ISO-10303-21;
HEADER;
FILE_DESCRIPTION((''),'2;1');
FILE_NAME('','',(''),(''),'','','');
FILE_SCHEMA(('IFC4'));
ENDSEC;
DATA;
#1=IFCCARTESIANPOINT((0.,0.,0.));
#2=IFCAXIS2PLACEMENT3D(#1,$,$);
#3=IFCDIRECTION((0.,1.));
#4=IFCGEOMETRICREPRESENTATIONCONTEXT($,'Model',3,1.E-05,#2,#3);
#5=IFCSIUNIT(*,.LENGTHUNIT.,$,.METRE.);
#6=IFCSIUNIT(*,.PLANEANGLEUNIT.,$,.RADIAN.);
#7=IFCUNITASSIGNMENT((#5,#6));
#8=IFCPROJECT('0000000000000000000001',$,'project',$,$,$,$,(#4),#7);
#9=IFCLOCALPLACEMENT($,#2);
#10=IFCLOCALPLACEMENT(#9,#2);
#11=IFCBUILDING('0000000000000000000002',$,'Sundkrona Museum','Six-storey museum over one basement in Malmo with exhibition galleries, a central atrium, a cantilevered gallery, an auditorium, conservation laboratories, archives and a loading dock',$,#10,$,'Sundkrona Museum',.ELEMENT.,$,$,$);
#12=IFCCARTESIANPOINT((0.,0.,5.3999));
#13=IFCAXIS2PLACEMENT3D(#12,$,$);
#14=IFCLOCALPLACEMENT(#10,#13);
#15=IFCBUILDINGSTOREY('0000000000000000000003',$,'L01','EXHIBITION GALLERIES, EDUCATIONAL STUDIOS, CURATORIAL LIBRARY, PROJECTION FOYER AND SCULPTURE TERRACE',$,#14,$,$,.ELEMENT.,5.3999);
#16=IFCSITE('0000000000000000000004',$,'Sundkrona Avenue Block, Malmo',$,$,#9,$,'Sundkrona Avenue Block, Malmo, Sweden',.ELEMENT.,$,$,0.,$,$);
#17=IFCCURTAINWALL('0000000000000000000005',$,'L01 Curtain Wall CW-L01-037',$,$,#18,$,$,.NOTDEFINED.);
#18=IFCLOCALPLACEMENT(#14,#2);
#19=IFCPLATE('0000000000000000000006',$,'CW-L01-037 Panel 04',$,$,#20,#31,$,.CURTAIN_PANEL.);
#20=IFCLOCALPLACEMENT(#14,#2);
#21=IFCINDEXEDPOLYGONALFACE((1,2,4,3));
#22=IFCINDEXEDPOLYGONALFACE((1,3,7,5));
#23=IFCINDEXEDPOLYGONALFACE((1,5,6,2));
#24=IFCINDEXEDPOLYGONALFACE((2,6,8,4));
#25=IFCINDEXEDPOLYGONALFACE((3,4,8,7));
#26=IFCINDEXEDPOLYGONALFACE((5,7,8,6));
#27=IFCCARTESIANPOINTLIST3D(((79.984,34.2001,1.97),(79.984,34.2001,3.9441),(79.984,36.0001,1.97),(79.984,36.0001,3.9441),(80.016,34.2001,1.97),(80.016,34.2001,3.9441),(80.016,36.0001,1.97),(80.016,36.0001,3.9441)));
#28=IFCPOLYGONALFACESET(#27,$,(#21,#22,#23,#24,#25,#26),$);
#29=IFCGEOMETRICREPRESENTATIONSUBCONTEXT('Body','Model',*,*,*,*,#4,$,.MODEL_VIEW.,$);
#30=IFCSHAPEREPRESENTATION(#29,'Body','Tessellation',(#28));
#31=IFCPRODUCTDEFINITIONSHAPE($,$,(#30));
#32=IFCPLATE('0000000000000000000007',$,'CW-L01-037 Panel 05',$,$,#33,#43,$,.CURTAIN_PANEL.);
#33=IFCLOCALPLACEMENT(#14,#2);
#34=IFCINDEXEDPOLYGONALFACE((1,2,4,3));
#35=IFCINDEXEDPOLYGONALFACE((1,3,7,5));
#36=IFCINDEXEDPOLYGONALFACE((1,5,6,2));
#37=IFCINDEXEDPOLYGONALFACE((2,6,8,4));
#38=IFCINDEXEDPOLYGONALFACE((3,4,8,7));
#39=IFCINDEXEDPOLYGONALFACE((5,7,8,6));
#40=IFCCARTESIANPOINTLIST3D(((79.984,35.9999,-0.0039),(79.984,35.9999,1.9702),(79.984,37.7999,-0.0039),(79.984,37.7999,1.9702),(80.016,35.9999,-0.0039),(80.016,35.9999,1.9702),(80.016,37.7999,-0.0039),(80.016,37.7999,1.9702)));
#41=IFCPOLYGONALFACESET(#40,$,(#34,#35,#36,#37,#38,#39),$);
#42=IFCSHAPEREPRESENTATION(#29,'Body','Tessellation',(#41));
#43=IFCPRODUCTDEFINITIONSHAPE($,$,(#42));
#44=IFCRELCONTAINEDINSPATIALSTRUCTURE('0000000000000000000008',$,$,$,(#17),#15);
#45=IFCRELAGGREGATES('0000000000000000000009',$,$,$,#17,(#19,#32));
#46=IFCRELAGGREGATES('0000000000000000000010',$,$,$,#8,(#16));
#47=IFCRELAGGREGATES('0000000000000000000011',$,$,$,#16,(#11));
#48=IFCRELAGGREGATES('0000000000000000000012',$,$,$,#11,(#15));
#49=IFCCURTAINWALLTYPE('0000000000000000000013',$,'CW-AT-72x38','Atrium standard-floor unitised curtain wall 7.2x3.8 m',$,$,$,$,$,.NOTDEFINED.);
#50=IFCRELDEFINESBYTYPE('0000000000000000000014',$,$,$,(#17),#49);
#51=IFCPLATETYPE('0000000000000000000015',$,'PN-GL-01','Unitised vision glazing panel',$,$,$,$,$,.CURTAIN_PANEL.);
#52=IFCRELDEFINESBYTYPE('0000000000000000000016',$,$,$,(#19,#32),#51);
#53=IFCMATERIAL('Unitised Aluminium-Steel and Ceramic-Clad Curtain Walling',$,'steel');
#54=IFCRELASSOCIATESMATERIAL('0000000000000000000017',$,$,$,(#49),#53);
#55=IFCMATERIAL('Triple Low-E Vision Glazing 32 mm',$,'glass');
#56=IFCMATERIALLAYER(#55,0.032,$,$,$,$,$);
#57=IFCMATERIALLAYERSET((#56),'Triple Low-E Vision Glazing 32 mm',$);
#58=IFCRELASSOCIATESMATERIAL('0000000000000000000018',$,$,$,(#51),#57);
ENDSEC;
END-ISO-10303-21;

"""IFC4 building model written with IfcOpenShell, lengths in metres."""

from ifc_helpers import new_model, si_unit, direction, frame, origin, origin_2d, place, context, subcontext, project, spatial, rectangle, extrude, material, layer, layer_set, type_object, element, aggregate, save


model = new_model("IFC4")

# Units and contexts
model_context = context("Model", 3, precision=1e-05, world=origin(), true_north=direction((0.0, 1.0)))
body_context = subcontext(model_context, "Body", "Model", "MODEL_VIEW")
ifc_project = project(units=[si_unit("LENGTHUNIT", "METRE"), si_unit("PLANEANGLEUNIT", "RADIAN")], contexts=[model_context])

# Site, building, storey
site_placement = place(None, origin())
site = spatial("IfcSite", under=ifc_project, at=site_placement, Name="Sundkrona Avenue Block, Malmo", LongName="Sundkrona Avenue Block, Malmo, Sweden", CompositionType="ELEMENT", RefElevation=0.0)
building_placement = place(site_placement, origin())
building = spatial("IfcBuilding", under=site, at=building_placement, Name="Sundkrona Museum", Description="Six-storey museum over one basement in Malmo with exhibition galleries, a central atrium, a cantilevered gallery, an auditorium, conservation laboratories, archives and a loading dock", LongName="Sundkrona Museum", CompositionType="ELEMENT")
storey_placement = place(building_placement, frame((0.0, 0.0, 5.3999)))
storey = spatial("IfcBuildingStorey", under=building, at=storey_placement, Name="L01", Description="EXHIBITION GALLERIES, EDUCATIONAL STUDIOS, CURATORIAL LIBRARY, PROJECTION FOYER AND SCULPTURE TERRACE", CompositionType="ELEMENT", Elevation=5.3999)

# Curtain wall
ifc_material_1 = material(Name="Unitised Aluminium-Steel and Ceramic-Clad Curtain Walling", Category="steel")
curtain_wall_type = type_object("IfcCurtainWallType", Name="CW-AT-72x38", Description="Atrium standard-floor unitised curtain wall 7.2x3.8 m", PredefinedType="NOTDEFINED", material=ifc_material_1)
curtain_wall_placement = place(storey_placement, origin())
curtain_wall = element("IfcCurtainWall", 1, at=curtain_wall_placement, inside=storey, type_object=curtain_wall_type, Name="L01 Curtain Wall CW-L01-037", PredefinedType="NOTDEFINED")

# Plates
ifc_material_2 = material(Name="Triple Low-E Vision Glazing 32 mm", Category="glass")
ifc_layer = layer(ifc_material_2, 0.032)
ifc_layer_set = layer_set([ifc_layer], Name="Triple Low-E Vision Glazing 32 mm")
plate_type = type_object("IfcPlateType", Name="PN-GL-01", Description="Unitised vision glazing panel", PredefinedType="CURTAIN_PANEL", material=ifc_layer_set)
plate_1_placement = place(storey_placement, frame((80.0, 35.1001, 1.97), z_axis=(0.0, 0.0, 1.0), x_axis=(0.0, 1.0, 0.0)))
plate_1 = element("IfcPlate", 2, at=plate_1_placement, type_object=plate_type, Name="CW-L01-037 Panel 04", PredefinedType="CURTAIN_PANEL", context=body_context, shape_type="SweptSolid", body=[
    extrude(rectangle(XDim=1.8, YDim=0.032, at=origin_2d()), origin(), (0.0, 0.0, 1.0), 1.9741),
])
plate_2_placement = place(storey_placement, frame((80.0, 36.8999, -0.0039), z_axis=(0.0, 0.0, 1.0), x_axis=(0.0, 1.0, 0.0)))
plate_2 = element("IfcPlate", 3, at=plate_2_placement, type_object=plate_type, Name="CW-L01-037 Panel 05", PredefinedType="CURTAIN_PANEL", context=body_context, shape_type="SweptSolid", body=[
    extrude(rectangle(XDim=1.8, YDim=0.032, at=origin_2d()), origin(), (0.0, 0.0, 1.0), 1.9741),
])
aggregate(curtain_wall, [plate_1, plate_2])

save(model, "model.ifc")
